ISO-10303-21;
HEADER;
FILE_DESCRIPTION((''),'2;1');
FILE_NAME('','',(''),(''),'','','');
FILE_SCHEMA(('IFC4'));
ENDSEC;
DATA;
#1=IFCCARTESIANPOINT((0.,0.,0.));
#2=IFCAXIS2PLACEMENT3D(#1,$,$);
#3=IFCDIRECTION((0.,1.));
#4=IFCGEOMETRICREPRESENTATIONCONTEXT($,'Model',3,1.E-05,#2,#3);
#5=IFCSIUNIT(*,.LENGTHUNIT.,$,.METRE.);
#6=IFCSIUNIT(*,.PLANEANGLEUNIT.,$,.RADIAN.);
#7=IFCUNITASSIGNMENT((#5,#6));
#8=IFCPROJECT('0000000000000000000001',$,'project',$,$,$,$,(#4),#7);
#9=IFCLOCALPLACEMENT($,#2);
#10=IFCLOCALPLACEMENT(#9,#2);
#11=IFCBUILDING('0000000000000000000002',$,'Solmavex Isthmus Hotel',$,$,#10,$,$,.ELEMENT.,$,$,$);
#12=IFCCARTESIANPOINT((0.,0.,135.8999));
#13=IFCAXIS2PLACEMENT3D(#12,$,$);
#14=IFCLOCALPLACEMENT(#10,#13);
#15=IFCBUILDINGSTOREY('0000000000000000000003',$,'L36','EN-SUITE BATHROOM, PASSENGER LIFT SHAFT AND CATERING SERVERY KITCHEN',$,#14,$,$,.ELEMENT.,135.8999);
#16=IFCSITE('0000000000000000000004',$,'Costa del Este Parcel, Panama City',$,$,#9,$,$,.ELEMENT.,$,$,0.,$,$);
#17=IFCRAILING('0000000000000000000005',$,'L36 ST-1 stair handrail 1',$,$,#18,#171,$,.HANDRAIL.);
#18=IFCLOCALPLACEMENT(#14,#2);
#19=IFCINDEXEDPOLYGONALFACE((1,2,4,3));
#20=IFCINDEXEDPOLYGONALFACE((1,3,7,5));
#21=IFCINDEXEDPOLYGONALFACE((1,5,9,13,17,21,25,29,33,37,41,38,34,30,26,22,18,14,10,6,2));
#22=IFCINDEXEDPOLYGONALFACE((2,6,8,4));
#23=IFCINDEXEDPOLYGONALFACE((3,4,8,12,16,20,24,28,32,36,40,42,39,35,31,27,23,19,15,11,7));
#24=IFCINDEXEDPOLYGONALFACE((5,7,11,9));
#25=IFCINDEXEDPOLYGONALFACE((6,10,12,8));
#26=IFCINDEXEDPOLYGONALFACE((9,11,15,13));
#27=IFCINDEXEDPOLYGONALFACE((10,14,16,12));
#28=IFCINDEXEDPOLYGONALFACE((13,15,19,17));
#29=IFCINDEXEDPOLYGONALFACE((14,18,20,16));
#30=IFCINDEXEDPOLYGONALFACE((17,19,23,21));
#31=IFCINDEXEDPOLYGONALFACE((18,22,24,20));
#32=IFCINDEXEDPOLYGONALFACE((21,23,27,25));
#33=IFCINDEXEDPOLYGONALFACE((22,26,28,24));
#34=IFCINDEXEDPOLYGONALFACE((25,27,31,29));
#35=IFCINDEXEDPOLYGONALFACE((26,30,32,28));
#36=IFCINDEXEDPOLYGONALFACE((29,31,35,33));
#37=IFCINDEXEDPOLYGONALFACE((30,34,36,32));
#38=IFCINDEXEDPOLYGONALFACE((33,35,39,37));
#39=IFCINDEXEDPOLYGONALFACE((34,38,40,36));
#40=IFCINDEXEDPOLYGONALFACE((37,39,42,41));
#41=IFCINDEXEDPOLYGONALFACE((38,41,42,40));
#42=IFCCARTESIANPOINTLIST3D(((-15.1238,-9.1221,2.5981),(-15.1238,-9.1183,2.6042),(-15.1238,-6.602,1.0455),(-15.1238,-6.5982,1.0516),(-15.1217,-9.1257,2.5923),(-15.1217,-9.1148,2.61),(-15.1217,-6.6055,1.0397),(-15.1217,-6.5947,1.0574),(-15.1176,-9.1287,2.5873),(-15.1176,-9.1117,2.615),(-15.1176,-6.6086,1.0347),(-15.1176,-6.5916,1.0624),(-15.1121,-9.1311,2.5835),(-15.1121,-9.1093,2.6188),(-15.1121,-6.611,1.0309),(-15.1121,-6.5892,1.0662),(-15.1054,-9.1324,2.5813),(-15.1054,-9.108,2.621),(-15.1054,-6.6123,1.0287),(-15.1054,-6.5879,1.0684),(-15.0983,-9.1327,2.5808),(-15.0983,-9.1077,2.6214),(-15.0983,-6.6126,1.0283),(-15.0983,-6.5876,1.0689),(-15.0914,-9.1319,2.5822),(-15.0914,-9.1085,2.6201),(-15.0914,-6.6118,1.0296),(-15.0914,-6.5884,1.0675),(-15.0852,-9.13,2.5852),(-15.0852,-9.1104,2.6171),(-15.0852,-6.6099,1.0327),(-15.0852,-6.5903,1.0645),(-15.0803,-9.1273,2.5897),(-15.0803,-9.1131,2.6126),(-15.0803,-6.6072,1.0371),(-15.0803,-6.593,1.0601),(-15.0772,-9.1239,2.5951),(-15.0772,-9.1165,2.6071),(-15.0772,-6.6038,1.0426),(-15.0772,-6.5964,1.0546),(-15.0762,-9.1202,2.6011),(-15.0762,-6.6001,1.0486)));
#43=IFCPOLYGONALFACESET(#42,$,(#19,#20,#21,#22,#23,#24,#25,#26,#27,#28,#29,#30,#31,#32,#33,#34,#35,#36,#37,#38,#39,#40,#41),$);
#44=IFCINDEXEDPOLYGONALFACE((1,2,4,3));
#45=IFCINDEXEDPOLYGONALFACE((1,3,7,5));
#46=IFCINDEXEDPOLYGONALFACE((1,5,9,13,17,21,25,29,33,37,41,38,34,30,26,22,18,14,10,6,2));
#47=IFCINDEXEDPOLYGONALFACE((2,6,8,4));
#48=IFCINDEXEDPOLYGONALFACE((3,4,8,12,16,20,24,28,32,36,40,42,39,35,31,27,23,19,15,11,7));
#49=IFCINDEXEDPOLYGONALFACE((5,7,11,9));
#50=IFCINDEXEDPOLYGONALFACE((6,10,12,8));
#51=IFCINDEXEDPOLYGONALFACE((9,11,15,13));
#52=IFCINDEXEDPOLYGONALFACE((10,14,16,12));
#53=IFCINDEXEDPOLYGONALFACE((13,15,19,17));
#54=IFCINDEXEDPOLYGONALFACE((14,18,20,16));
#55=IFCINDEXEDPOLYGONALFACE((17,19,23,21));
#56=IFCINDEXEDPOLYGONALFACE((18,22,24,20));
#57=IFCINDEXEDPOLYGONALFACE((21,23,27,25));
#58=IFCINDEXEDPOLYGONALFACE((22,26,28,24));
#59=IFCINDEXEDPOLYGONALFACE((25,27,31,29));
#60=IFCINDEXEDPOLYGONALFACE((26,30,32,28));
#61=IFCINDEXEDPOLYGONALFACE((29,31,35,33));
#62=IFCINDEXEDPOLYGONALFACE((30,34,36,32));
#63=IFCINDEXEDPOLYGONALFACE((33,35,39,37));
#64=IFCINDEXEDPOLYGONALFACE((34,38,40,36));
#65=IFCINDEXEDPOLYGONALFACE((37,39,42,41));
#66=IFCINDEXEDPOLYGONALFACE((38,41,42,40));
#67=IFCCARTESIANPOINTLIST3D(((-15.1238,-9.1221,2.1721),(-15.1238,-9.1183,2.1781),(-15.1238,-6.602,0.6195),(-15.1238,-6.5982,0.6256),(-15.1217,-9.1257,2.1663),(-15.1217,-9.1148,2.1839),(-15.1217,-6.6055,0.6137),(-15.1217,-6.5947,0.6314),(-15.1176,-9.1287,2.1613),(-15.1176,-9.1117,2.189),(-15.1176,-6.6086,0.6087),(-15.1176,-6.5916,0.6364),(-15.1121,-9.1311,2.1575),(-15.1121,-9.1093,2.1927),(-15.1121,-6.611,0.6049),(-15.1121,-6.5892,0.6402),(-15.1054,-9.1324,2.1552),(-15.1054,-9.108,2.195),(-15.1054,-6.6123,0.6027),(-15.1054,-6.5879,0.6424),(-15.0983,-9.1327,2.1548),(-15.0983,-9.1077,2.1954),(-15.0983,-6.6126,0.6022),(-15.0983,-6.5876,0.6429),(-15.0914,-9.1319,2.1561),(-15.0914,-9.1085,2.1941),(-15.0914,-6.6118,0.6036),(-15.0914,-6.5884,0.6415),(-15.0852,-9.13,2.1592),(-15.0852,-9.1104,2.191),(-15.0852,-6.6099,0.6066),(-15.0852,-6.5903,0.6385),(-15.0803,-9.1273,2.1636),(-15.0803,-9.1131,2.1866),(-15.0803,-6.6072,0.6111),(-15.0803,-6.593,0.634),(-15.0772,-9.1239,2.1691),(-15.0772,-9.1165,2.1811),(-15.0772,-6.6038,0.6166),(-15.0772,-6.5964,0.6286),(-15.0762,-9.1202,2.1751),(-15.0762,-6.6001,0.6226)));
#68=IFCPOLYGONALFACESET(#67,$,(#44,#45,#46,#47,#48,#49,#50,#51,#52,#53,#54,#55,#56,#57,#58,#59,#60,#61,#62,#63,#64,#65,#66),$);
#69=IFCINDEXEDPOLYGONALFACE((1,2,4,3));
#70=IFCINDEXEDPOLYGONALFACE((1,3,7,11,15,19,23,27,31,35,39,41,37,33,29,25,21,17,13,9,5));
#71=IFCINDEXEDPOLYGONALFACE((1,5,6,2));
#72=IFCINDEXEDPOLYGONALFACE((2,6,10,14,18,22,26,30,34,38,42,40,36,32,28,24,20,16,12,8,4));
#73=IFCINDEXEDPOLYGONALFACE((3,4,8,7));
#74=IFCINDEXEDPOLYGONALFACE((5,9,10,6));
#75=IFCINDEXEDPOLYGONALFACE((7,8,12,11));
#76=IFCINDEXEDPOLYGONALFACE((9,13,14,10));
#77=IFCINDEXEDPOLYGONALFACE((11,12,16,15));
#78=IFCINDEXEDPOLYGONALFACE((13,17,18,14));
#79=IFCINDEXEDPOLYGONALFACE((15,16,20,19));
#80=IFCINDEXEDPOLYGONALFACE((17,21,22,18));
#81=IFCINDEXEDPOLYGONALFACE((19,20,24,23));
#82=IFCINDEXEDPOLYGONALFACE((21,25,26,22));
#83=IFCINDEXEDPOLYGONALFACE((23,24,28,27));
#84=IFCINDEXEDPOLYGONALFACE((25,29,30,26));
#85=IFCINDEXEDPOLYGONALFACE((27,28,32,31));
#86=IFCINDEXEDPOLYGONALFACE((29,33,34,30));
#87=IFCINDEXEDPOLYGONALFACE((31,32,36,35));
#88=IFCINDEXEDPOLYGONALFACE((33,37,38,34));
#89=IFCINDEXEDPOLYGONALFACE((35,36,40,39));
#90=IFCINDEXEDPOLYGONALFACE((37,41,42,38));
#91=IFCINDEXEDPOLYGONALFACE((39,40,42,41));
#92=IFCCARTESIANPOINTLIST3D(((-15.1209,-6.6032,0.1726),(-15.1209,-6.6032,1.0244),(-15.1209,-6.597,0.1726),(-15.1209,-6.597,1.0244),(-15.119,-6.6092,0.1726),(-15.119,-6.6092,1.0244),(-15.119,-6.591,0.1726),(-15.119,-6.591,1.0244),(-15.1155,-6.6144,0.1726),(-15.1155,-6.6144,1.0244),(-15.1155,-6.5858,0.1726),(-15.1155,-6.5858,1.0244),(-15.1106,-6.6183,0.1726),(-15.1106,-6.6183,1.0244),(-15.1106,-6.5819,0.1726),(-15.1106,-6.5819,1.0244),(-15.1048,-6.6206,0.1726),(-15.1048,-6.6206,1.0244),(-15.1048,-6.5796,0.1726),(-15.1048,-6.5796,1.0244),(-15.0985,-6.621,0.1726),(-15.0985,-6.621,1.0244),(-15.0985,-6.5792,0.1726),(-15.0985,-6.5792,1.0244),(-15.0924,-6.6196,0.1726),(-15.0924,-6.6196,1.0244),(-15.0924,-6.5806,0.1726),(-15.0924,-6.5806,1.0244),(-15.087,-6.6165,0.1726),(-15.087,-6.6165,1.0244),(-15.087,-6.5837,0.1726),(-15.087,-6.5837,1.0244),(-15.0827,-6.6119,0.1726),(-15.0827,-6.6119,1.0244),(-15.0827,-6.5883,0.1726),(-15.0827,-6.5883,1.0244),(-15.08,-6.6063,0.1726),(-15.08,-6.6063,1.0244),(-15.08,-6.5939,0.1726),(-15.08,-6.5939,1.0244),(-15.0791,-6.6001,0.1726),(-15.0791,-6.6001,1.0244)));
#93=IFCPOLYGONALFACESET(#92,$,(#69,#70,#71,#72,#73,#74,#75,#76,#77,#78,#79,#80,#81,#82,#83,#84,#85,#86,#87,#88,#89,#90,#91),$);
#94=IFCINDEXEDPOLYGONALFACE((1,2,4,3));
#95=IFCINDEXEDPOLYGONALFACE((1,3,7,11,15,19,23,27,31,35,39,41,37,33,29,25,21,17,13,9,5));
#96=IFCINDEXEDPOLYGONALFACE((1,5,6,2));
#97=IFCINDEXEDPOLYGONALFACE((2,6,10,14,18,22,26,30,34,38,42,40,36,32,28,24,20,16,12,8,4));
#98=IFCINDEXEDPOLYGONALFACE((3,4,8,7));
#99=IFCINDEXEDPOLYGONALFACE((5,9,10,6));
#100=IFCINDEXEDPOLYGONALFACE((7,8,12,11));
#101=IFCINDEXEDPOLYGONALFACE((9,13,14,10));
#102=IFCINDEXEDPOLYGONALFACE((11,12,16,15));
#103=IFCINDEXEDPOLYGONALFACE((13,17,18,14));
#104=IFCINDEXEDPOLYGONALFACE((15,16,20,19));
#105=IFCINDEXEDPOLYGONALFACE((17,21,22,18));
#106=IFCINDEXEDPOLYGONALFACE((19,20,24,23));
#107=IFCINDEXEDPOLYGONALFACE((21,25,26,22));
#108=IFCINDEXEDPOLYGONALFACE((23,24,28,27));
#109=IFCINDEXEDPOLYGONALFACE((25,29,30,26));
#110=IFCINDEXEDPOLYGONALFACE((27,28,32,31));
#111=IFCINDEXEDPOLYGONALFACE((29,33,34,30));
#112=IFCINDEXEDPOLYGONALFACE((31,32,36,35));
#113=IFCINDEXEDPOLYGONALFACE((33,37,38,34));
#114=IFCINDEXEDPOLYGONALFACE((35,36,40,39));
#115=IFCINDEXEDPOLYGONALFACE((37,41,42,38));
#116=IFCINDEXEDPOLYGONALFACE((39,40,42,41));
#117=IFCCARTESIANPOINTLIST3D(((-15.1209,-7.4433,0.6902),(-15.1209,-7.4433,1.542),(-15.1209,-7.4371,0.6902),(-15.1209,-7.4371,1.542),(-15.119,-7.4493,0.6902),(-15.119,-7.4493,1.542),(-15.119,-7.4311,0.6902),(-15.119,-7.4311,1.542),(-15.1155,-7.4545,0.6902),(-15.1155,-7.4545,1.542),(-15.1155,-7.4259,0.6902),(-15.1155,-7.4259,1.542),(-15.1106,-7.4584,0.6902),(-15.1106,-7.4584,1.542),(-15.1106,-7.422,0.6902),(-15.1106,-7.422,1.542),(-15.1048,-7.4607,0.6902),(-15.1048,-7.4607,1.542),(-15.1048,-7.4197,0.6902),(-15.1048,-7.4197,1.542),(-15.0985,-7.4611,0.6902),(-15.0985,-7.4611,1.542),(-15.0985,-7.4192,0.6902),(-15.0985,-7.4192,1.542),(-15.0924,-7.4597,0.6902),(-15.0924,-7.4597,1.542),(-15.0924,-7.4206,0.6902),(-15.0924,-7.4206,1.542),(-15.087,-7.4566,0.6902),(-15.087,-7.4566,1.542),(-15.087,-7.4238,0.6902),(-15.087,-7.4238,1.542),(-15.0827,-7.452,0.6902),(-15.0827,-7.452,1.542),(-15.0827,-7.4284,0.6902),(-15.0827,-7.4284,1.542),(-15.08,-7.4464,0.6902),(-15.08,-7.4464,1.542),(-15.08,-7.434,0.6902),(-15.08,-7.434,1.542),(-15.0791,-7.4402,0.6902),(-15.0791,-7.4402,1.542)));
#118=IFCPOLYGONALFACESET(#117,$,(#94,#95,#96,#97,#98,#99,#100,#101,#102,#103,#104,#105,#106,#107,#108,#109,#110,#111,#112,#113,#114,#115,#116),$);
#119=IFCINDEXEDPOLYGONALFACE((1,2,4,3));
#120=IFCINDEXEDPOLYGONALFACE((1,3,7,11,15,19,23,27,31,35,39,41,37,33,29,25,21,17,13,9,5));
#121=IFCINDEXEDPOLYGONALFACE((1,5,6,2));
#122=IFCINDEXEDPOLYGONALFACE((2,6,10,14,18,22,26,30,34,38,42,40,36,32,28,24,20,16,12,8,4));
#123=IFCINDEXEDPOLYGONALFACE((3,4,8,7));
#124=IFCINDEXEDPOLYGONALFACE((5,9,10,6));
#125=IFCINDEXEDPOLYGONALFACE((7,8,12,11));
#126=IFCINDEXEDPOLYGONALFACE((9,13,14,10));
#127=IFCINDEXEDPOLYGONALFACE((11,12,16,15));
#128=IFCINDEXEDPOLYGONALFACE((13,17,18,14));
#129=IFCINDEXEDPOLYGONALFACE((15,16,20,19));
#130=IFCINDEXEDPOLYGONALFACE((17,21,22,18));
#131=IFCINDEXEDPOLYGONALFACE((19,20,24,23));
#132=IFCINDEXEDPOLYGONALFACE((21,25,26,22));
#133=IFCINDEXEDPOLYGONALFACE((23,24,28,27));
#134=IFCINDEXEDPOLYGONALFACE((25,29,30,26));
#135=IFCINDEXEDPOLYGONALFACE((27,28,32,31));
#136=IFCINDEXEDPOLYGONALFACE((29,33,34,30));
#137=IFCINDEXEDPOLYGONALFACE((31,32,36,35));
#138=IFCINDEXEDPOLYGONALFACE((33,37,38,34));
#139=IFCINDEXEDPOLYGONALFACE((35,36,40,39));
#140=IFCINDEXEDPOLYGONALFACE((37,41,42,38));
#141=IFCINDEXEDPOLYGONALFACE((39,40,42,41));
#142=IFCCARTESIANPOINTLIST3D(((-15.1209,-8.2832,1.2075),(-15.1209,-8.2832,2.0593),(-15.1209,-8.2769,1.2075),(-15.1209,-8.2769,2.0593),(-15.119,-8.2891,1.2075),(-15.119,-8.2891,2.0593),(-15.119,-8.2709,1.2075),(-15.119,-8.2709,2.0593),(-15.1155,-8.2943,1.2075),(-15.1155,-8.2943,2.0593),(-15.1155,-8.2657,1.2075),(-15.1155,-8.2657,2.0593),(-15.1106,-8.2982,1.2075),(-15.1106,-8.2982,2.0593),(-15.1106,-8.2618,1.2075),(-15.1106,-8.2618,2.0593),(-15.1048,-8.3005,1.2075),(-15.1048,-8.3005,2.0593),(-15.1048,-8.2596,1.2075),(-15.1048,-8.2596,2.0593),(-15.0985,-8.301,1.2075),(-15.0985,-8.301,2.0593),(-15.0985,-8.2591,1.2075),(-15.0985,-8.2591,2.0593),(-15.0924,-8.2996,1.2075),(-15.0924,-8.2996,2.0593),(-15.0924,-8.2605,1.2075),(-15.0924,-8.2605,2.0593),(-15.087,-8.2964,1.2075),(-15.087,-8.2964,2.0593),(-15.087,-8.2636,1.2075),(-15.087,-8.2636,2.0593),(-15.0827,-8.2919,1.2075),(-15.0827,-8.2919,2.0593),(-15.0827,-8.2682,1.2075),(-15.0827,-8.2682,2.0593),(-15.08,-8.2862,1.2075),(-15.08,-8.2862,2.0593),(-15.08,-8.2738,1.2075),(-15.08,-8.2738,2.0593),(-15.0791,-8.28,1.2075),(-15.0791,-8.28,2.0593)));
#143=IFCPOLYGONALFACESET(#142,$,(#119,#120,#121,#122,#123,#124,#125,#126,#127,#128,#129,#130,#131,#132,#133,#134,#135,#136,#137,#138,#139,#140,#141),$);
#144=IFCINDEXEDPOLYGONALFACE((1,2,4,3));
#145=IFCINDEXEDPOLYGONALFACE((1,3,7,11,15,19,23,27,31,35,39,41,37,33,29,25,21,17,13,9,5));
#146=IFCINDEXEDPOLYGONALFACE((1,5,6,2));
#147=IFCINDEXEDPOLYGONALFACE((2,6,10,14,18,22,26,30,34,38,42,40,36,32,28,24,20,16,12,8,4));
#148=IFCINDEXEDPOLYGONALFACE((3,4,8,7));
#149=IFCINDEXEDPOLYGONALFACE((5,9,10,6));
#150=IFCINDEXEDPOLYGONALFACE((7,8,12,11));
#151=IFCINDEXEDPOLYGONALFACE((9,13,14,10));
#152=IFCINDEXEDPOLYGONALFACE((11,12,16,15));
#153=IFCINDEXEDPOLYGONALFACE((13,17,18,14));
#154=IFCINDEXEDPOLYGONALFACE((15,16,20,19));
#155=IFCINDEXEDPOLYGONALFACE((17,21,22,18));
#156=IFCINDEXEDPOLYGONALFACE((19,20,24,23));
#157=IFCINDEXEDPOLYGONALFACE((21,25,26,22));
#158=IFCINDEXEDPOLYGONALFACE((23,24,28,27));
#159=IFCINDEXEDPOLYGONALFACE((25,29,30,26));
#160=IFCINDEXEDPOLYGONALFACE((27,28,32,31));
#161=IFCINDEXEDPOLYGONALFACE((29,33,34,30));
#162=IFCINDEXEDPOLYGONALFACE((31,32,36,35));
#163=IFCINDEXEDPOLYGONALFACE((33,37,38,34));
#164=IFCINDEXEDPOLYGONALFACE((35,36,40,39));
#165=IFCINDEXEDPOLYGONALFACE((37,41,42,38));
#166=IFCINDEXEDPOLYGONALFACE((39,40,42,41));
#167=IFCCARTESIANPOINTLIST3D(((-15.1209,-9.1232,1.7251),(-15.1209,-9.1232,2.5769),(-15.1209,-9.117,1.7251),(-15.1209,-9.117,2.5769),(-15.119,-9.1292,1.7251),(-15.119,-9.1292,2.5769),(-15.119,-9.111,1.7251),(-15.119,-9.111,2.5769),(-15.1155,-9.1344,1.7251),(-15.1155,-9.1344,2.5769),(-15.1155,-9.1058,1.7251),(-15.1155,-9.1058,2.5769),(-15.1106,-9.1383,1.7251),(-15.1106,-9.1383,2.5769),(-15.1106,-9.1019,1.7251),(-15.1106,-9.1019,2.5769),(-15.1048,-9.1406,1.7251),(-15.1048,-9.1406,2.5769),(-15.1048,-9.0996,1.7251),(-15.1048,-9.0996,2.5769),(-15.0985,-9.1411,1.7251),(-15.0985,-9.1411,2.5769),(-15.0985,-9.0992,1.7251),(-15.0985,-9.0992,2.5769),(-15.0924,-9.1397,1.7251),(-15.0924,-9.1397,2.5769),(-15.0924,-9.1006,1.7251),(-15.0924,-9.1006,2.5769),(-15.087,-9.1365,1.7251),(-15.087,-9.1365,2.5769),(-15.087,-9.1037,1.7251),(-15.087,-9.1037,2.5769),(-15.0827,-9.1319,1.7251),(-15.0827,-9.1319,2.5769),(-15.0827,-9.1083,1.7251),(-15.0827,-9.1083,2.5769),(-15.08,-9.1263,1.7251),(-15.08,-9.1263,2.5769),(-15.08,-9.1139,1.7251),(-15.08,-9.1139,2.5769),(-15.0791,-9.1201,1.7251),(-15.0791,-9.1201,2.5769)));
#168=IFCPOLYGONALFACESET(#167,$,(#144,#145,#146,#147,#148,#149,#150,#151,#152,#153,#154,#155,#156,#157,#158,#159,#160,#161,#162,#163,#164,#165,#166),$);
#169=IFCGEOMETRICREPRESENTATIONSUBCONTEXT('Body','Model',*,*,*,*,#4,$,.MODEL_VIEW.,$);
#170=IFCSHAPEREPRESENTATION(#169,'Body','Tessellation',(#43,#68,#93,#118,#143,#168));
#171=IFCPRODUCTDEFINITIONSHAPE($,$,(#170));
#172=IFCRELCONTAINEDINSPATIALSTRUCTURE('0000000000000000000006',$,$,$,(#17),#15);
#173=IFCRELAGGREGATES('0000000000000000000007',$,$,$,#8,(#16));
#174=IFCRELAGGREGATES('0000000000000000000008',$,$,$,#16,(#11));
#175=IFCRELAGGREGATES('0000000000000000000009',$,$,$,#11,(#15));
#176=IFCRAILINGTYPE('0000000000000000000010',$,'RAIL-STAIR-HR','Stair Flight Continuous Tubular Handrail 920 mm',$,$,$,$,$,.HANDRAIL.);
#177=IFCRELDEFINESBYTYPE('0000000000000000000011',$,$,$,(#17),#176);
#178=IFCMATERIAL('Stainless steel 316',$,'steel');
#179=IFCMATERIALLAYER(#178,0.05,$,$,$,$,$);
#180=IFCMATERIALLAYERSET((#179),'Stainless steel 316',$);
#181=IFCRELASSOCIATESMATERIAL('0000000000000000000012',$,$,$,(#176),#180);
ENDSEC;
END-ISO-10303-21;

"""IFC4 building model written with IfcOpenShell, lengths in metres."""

from ifc_helpers import new_model, si_unit, direction, frame, origin, origin_2d, place, context, subcontext, project, spatial, circle, extrude, material, layer, layer_set, type_object, element, save


model = new_model("IFC4")

# Units and contexts
model_context = context("Model", 3, precision=1e-05, world=origin(), true_north=direction((0.0, 1.0)))
body_context = subcontext(model_context, "Body", "Model", "MODEL_VIEW")
ifc_project = project(units=[si_unit("LENGTHUNIT", "METRE"), si_unit("PLANEANGLEUNIT", "RADIAN")], contexts=[model_context])

# Site, building, storey
site_placement = place(None, origin())
site = spatial("IfcSite", under=ifc_project, at=site_placement, Name="Costa del Este Parcel, Panama City", CompositionType="ELEMENT", RefElevation=0.0)
building_placement = place(site_placement, origin())
building = spatial("IfcBuilding", under=site, at=building_placement, Name="Solmavex Isthmus Hotel", CompositionType="ELEMENT")
storey_placement = place(building_placement, frame((0.0, 0.0, 135.8999)))
storey = spatial("IfcBuildingStorey", under=building, at=storey_placement, Name="L36", Description="EN-SUITE BATHROOM, PASSENGER LIFT SHAFT AND CATERING SERVERY KITCHEN", CompositionType="ELEMENT", Elevation=135.8999)

# Railing
ifc_material_1 = material(Name="Stainless steel 316", Category="steel")
ifc_layer_1 = layer(ifc_material_1, 0.05)
ifc_layer_set_1 = layer_set([ifc_layer_1], Name="Stainless steel 316")
railing_type_1 = type_object("IfcRailingType", Name="RAIL-STAIR-HR", Description="Stair Flight Continuous Tubular Handrail 920 mm", PredefinedType="HANDRAIL", material=ifc_layer_set_1)
railing_1_placement = place(storey_placement, frame((-15.1001, -6.6001, 0.1726)))
element("IfcRailing", 1, at=railing_1_placement, inside=storey, type_object=railing_type_1, Name="L36 ST-1 stair handrail 1", PredefinedType="HANDRAIL", context=body_context, shape_type="SweptSolid", body=[
    extrude(circle(Radius=0.0239, at=origin_2d()), frame((0.0, 0.0, 0.876), z_axis=(0.0, -0.8514, 0.524516), x_axis=(1.0, 0.0, 0.0)), (0.0, 0.0, 1.0), 2.96),
    extrude(circle(Radius=0.0239, at=origin_2d()), frame((0.0, 0.0, 0.45), z_axis=(0.0, -0.8514, 0.524516), x_axis=(1.0, 0.0, 0.0)), (0.0, 0.0, 1.0), 2.96),
    extrude(circle(Radius=0.021, at=origin_2d()), origin(), (0.0, 0.0, 1.0), 0.8518),
    extrude(circle(Radius=0.021, at=origin_2d()), frame((0.0, -0.8401, 0.5176)), (0.0, 0.0, 1.0), 0.8518),
    extrude(circle(Radius=0.021, at=origin_2d()), frame((0.0, -1.6799, 1.0349)), (0.0, 0.0, 1.0), 0.8518),
    extrude(circle(Radius=0.021, at=origin_2d()), frame((0.0, -2.52, 1.5525)), (0.0, 0.0, 1.0), 0.8518),
])

save(model, "model.ifc")
